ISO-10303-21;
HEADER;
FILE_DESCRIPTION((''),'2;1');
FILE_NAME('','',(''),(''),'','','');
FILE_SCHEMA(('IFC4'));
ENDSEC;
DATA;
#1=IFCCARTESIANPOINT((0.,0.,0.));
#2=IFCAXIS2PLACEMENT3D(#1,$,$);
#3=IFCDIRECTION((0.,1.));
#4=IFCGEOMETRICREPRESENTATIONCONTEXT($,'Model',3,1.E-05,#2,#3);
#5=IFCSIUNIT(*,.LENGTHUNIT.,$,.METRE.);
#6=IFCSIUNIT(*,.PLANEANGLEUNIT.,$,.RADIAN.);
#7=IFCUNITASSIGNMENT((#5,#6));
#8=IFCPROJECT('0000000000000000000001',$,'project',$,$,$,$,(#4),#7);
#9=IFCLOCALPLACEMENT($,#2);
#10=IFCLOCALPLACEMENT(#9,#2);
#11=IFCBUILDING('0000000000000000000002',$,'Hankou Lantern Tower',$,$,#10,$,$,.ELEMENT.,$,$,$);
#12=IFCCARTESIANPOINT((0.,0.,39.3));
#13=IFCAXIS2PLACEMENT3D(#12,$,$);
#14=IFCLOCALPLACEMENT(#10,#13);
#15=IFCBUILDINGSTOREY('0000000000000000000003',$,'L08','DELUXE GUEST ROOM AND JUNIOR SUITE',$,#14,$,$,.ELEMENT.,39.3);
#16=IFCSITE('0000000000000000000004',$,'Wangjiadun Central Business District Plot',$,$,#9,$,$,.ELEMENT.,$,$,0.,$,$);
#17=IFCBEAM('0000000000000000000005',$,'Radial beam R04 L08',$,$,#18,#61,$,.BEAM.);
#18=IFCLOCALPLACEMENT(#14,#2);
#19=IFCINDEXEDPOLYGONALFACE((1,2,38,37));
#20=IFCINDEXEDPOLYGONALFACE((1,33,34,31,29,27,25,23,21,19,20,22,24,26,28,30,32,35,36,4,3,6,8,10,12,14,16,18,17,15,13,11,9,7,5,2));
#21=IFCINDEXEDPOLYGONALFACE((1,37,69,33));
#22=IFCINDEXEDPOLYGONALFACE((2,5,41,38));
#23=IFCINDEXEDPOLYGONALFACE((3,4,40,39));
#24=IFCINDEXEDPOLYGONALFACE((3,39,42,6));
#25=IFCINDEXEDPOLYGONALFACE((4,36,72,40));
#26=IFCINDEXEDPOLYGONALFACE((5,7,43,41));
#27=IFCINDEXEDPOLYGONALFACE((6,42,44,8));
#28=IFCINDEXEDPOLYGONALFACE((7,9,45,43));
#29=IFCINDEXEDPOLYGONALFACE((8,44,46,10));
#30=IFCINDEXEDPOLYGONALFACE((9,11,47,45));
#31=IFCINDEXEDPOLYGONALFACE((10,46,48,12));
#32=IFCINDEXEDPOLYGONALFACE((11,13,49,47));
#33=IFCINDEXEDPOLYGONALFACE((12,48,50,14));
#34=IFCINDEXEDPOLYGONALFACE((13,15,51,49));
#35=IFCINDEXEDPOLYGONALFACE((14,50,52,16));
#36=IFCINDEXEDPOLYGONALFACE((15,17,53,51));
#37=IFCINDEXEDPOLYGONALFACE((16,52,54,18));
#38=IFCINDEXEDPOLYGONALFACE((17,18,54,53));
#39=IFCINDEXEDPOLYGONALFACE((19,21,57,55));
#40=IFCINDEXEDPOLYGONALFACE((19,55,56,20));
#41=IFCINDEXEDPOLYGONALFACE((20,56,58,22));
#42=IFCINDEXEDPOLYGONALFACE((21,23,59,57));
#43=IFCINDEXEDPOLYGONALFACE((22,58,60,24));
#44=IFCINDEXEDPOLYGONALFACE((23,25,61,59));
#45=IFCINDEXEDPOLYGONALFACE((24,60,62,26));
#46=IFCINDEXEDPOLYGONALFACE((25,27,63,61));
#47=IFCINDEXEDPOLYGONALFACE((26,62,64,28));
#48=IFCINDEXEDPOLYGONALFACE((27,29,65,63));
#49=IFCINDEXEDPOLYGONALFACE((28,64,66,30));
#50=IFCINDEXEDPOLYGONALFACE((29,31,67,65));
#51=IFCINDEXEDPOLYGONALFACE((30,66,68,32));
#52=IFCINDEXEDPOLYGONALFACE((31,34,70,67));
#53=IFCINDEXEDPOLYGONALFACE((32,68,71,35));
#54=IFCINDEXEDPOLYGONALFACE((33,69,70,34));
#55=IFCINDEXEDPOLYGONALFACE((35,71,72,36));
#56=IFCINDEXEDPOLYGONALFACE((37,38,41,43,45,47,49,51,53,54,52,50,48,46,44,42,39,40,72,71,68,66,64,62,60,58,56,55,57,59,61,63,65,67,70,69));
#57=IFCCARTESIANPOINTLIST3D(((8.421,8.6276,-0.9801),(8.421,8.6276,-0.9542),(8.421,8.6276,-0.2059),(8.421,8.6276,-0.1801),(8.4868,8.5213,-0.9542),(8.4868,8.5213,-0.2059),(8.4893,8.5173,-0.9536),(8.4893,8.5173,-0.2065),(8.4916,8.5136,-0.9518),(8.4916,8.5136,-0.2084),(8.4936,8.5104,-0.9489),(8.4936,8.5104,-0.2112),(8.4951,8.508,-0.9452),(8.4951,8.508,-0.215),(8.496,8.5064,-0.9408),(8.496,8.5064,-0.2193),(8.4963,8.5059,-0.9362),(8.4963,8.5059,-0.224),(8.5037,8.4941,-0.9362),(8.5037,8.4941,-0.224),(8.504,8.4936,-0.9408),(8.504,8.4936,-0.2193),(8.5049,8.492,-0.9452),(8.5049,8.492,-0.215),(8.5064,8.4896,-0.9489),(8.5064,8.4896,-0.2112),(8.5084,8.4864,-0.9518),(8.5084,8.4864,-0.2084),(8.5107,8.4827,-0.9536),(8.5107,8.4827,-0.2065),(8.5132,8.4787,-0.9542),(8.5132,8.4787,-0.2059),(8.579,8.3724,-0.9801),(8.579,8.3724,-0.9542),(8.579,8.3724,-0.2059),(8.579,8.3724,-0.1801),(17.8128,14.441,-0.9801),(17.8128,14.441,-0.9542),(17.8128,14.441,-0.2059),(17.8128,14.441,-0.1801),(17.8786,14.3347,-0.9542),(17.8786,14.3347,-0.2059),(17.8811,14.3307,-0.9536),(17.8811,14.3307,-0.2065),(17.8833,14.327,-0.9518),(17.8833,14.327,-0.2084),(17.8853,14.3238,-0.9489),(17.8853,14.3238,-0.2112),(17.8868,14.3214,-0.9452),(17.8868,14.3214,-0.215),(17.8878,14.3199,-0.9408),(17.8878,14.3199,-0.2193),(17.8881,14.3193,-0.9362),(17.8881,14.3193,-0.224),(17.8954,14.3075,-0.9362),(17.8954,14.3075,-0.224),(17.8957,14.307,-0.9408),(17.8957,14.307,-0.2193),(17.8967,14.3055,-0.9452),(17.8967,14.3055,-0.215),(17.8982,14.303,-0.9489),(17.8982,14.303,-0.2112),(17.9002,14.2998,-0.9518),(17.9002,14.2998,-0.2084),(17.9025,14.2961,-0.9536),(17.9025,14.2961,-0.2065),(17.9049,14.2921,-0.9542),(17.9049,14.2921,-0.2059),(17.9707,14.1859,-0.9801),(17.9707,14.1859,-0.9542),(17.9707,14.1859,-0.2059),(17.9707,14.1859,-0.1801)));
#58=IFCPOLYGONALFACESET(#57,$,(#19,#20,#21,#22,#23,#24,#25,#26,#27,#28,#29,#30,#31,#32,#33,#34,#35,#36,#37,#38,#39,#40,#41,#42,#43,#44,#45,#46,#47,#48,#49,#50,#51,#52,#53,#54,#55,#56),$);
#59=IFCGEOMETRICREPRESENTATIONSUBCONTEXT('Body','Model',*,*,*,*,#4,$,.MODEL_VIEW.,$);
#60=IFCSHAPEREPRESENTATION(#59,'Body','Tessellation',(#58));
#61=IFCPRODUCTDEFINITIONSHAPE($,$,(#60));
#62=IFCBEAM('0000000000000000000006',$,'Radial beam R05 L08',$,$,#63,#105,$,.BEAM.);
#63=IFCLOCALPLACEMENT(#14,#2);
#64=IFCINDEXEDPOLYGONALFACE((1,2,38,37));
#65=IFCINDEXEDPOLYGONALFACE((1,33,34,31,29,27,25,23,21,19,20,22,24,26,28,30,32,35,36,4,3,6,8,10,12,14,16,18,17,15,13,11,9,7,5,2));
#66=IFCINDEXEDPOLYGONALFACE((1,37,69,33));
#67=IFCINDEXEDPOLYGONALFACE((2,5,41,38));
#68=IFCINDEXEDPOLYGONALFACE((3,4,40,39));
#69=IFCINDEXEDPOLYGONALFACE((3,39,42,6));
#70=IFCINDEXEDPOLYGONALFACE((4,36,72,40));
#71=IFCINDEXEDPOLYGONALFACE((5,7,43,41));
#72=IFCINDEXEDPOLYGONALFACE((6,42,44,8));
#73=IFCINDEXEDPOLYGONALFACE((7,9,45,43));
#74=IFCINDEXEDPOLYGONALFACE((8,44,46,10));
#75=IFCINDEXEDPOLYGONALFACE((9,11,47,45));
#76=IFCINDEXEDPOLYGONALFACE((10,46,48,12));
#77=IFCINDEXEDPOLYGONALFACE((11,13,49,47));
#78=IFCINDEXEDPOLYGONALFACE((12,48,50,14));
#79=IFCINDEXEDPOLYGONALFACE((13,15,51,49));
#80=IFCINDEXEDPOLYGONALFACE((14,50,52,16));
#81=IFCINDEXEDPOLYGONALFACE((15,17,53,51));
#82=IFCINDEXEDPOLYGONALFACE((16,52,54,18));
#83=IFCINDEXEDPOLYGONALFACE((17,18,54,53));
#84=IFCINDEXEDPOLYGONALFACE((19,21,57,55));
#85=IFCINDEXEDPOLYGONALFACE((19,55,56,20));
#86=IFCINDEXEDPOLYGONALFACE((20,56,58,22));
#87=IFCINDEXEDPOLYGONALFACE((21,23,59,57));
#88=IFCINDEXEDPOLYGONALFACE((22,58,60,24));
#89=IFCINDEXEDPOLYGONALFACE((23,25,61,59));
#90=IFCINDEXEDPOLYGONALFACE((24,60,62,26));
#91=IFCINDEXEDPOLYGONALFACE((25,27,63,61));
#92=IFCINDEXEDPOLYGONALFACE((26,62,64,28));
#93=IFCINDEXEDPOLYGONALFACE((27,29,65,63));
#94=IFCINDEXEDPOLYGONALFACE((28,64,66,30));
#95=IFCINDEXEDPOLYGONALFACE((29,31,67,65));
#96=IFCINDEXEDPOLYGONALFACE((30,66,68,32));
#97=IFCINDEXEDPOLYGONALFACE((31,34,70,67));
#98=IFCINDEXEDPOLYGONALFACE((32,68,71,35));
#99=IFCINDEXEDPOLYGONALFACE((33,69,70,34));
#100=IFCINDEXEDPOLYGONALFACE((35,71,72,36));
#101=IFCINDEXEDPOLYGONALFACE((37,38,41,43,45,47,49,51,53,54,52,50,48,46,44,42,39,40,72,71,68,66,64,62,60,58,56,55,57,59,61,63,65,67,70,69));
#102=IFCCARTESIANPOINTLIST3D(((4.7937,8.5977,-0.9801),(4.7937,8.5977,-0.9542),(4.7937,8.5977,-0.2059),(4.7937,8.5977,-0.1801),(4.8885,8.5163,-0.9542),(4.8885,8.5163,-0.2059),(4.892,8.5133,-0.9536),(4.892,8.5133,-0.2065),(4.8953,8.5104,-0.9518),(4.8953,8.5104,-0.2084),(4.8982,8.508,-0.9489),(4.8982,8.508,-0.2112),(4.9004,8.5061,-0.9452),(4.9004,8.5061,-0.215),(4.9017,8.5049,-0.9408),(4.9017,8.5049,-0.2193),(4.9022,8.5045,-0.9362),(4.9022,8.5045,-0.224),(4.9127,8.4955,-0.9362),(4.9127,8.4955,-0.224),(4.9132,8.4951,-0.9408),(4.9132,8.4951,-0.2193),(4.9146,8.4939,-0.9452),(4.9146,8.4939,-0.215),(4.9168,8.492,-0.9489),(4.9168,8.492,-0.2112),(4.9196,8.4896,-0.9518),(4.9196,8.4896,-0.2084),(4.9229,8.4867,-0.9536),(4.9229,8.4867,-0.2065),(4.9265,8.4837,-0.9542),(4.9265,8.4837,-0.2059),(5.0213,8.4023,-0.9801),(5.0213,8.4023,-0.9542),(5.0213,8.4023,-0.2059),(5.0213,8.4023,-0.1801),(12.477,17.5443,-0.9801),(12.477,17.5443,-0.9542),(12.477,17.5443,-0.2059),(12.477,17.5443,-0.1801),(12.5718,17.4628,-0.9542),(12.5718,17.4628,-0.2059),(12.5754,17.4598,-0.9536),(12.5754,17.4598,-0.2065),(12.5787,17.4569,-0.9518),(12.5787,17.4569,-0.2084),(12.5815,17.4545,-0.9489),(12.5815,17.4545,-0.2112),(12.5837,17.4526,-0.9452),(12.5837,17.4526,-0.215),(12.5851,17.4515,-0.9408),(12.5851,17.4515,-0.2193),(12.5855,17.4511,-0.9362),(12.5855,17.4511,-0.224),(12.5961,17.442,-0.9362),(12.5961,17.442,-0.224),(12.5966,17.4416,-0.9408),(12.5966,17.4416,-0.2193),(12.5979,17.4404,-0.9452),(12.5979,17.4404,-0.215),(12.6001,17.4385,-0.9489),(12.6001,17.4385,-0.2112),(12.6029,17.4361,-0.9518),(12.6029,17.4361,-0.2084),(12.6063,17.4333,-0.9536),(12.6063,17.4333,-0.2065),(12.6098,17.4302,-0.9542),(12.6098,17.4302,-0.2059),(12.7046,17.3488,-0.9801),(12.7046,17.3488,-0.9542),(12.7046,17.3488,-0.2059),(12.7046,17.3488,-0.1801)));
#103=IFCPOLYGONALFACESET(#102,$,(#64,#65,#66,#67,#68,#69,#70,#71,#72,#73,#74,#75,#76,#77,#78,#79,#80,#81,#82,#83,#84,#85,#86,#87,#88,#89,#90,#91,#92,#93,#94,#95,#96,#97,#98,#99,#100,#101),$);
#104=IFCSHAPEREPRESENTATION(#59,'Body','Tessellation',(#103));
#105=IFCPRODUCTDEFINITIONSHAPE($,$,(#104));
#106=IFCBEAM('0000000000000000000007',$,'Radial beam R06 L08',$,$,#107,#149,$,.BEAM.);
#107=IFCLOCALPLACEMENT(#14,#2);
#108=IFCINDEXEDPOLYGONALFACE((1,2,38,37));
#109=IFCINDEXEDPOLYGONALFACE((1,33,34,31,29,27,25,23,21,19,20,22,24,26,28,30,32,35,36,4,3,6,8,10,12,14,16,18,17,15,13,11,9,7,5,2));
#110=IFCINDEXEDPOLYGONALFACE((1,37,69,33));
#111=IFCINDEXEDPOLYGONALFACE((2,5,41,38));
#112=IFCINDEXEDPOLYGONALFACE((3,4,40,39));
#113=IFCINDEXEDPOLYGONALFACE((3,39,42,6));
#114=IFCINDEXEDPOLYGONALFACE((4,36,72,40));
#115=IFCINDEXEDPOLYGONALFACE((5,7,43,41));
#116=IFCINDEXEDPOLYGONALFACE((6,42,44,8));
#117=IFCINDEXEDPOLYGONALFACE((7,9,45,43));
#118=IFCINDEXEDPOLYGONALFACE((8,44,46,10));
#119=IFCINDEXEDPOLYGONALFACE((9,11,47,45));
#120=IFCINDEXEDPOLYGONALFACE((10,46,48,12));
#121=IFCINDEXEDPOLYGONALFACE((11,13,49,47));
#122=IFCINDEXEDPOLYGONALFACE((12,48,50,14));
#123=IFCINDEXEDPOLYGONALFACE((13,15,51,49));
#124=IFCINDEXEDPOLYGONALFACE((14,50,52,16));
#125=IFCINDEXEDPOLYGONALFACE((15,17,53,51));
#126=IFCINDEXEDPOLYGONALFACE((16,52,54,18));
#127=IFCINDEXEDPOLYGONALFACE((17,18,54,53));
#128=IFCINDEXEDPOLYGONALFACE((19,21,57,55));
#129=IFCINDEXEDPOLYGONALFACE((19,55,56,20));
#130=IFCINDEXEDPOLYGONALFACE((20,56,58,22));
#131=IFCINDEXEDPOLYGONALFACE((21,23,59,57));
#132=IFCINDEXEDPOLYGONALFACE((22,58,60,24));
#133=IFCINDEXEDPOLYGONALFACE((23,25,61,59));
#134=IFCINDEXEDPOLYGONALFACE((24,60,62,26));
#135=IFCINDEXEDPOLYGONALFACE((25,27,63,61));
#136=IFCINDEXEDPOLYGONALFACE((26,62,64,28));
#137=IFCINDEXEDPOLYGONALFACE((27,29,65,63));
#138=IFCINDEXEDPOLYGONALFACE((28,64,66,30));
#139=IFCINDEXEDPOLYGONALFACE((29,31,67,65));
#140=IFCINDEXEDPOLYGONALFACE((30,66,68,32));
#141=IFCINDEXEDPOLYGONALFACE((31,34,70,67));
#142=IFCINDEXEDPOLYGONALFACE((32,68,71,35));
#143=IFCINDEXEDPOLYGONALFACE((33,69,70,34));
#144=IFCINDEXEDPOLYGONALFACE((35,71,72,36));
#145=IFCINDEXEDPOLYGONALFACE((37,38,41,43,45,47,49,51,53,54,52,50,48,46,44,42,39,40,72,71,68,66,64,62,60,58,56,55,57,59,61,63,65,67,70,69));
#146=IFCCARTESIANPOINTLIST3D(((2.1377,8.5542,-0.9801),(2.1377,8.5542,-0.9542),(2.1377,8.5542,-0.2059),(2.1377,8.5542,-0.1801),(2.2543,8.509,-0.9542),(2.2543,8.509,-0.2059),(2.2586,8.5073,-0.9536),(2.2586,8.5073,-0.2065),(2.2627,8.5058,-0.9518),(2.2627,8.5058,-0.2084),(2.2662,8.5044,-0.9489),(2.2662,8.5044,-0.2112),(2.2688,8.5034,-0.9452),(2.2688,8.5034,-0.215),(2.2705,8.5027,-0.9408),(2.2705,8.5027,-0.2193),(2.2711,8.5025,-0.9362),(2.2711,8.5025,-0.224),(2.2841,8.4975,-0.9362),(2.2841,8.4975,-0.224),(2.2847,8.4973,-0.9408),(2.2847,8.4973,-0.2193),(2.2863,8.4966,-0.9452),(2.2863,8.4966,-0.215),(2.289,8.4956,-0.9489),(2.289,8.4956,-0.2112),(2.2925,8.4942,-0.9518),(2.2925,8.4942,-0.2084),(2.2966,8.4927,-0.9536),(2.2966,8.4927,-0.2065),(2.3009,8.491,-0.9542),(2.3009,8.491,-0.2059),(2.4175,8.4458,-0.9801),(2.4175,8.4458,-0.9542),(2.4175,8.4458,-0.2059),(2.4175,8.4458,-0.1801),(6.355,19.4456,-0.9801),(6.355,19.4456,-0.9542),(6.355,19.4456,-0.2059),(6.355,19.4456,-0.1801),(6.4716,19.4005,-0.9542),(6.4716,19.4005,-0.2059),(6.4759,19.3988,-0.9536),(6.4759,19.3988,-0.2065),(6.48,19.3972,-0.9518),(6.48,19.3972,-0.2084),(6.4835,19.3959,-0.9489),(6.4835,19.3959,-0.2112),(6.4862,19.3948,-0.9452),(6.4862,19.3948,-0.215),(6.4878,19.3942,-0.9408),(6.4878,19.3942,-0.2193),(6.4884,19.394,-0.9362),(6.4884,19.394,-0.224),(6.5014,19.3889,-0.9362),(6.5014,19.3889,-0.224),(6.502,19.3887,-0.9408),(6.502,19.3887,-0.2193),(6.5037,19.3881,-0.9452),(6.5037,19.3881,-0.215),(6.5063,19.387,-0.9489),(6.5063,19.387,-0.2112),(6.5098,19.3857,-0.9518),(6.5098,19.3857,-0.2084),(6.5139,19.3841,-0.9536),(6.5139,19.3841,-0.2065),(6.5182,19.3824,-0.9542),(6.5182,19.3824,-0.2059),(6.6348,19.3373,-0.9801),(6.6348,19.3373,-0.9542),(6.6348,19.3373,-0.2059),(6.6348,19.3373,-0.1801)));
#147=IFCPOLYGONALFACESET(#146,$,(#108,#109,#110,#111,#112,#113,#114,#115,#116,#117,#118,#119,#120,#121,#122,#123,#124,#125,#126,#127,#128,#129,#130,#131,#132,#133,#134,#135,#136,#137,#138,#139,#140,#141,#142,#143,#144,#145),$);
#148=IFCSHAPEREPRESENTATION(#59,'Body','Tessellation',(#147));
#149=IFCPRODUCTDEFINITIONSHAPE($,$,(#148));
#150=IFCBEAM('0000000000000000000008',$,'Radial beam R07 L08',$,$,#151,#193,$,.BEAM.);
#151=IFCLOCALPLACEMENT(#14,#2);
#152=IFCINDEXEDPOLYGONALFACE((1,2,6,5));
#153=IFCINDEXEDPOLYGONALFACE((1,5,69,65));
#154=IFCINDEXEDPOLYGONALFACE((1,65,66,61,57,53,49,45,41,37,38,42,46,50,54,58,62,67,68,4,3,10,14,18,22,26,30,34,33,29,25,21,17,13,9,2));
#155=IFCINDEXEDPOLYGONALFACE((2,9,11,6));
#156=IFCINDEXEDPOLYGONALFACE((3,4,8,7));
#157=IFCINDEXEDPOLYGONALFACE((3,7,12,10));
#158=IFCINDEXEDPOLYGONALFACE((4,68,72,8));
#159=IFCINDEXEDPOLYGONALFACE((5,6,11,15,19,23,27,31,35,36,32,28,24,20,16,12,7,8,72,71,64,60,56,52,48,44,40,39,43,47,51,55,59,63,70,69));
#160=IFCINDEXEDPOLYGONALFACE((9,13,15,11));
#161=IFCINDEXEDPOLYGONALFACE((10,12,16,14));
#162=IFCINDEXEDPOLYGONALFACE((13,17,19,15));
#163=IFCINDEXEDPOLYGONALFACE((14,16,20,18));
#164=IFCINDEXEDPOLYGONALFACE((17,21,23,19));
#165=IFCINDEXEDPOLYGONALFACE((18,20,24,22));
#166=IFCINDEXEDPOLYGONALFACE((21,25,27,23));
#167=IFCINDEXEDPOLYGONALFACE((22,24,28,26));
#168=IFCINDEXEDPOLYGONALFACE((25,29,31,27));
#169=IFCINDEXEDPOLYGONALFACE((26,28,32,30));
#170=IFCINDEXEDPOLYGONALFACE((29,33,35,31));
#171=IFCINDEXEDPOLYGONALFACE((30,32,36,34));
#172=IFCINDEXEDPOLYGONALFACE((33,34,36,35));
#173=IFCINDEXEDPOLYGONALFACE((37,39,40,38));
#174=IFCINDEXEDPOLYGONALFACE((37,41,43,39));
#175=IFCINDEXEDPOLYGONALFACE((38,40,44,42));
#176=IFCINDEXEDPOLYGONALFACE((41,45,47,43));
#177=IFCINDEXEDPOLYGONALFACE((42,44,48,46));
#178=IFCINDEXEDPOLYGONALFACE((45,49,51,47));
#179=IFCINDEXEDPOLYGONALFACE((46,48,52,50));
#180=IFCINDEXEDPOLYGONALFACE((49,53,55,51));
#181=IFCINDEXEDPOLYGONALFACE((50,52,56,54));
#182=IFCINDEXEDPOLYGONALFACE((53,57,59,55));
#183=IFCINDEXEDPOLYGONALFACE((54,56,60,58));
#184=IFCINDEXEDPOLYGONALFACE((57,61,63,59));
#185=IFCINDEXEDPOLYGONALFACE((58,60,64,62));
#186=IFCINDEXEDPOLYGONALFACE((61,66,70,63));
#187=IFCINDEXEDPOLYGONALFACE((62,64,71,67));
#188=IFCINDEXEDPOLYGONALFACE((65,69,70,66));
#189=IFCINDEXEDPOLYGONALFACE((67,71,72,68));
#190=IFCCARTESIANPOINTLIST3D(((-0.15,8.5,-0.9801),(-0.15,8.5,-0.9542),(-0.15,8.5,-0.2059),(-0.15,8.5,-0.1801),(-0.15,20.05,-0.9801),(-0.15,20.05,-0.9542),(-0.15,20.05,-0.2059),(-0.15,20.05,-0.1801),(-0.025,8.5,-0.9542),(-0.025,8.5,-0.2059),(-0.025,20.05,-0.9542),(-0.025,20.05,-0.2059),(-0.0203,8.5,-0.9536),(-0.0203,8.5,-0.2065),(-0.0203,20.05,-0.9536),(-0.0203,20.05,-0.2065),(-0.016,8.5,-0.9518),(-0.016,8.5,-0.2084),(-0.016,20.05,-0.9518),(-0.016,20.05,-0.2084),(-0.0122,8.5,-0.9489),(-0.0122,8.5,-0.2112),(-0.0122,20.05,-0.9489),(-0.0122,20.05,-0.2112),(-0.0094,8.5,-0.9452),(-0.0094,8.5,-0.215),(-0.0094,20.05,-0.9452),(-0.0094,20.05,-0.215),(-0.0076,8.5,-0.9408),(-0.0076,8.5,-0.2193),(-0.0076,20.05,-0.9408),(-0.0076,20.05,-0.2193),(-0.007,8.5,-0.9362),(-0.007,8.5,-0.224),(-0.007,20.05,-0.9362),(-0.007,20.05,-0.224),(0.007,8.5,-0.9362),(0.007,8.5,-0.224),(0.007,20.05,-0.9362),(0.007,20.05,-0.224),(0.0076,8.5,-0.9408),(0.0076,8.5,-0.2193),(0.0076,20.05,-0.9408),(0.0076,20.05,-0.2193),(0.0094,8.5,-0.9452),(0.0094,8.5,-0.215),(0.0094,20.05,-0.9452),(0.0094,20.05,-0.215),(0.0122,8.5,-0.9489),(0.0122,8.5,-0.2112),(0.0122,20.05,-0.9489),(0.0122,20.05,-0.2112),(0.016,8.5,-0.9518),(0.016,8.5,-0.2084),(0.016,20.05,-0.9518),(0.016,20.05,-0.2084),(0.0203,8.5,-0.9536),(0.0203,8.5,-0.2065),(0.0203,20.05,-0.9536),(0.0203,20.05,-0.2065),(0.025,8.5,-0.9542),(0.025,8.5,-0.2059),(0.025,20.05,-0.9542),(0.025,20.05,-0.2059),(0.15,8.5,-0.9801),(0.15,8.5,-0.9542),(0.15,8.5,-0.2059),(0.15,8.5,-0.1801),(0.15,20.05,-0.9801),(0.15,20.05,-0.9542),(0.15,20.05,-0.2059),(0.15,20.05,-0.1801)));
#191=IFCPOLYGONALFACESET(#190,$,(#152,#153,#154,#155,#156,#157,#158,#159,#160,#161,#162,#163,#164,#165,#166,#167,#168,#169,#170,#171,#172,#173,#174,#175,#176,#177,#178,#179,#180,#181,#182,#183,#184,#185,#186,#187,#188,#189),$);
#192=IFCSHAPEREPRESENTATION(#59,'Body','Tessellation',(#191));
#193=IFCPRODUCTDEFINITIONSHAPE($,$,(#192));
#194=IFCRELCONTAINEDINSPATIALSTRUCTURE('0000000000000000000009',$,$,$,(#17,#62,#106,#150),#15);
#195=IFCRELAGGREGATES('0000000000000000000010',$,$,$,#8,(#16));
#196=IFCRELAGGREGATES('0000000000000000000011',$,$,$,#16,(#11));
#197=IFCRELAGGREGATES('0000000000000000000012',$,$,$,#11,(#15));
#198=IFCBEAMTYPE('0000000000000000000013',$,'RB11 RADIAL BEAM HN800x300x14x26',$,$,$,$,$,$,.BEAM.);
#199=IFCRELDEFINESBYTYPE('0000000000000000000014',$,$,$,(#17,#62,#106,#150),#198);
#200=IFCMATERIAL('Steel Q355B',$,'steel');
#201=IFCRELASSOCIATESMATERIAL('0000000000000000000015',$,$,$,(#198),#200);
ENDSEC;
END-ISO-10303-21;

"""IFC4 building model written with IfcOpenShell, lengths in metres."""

from ifc_helpers import new_model, si_unit, direction, frame, origin, origin_2d, place, context, subcontext, project, spatial, i_section, extrude, material, material_profile, profile_set, type_object, element, save


model = new_model("IFC4")

# Units and contexts
model_context = context("Model", 3, precision=1e-05, world=origin(), true_north=direction((0.0, 1.0)))
body_context = subcontext(model_context, "Body", "Model", "MODEL_VIEW")
ifc_project = project(units=[si_unit("LENGTHUNIT", "METRE"), si_unit("PLANEANGLEUNIT", "RADIAN")], contexts=[model_context])

# Site, building, storey
site_placement = place(None, origin())
site = spatial("IfcSite", under=ifc_project, at=site_placement, Name="Wangjiadun Central Business District Plot", CompositionType="ELEMENT", RefElevation=0.0)
building_placement = place(site_placement, origin())
building = spatial("IfcBuilding", under=site, at=building_placement, Name="Hankou Lantern Tower", CompositionType="ELEMENT")
storey_placement = place(building_placement, frame((0.0, 0.0, 39.3)))
storey = spatial("IfcBuildingStorey", under=building, at=storey_placement, Name="L08", Description="DELUXE GUEST ROOM AND JUNIOR SUITE", CompositionType="ELEMENT", Elevation=39.3)

# Beams
ifc_material_1 = material(Name="Steel Q355B", Category="steel")
ifc_material_profile_1 = material_profile(ifc_material_1, i_section(OverallWidth=0.3, OverallDepth=0.8, WebThickness=0.0139, FlangeThickness=0.0259, FilletRadius=0.0181, at=origin_2d()), Name="HN800x300x14x26")
ifc_profile_set_1 = profile_set([ifc_material_profile_1], Name="Steel Q355B")
beam_type_1 = type_object("IfcBeamType", Name="RB11 RADIAL BEAM HN800x300x14x26", PredefinedType="BEAM", material=ifc_profile_set_1)
beam_1_placement = place(storey_placement, frame((8.5, 8.5, -0.5801), z_axis=(0.850286, 0.52632, 0.0), x_axis=(-0.52632, 0.850286, 0.0)))
element("IfcBeam", 1, at=beam_1_placement, inside=storey, type_object=beam_type_1, Name="Radial beam R04 L08", PredefinedType="BEAM", context=body_context, shape_type="SweptSolid", body=[
    extrude(i_section(OverallWidth=0.3, OverallDepth=0.8, WebThickness=0.0139, FlangeThickness=0.0259, FilletRadius=0.0181, at=origin_2d()), origin(), (0.0, 0.0, 1.0), 11.0454),
])
beam_2_placement = place(storey_placement, frame((4.9075, 8.5, -0.5801), z_axis=(0.651519, 0.758632, 0.0), x_axis=(-0.758632, 0.651519, 0.0)))
element("IfcBeam", 2, at=beam_2_placement, inside=storey, type_object=beam_type_1, Name="Radial beam R05 L08", PredefinedType="BEAM", context=body_context, shape_type="SweptSolid", body=[
    extrude(i_section(OverallWidth=0.3, OverallDepth=0.8, WebThickness=0.0139, FlangeThickness=0.0259, FilletRadius=0.0181, at=origin_2d()), origin(), (0.0, 0.0, 1.0), 11.793),
])
beam_3_placement = place(storey_placement, frame((2.2776, 8.5, -0.5801), z_axis=(0.361089, 0.932531, 0.0), x_axis=(-0.932531, 0.361089, 0.0)))
element("IfcBeam", 3, at=beam_3_placement, inside=storey, type_object=beam_type_1, Name="Radial beam R06 L08", PredefinedType="BEAM", context=body_context, shape_type="SweptSolid", body=[
    extrude(i_section(OverallWidth=0.3, OverallDepth=0.8, WebThickness=0.0139, FlangeThickness=0.0259, FilletRadius=0.0181, at=origin_2d()), origin(), (0.0, 0.0, 1.0), 11.6794),
])
beam_4_placement = place(storey_placement, frame((0.0, 8.5, -0.5801), z_axis=(0.0, 1.0, 0.0), x_axis=(-1.0, 0.0, 0.0)))
element("IfcBeam", 4, at=beam_4_placement, inside=storey, type_object=beam_type_1, Name="Radial beam R07 L08", PredefinedType="BEAM", context=body_context, shape_type="SweptSolid", body=[
    extrude(i_section(OverallWidth=0.3, OverallDepth=0.8, WebThickness=0.0139, FlangeThickness=0.0259, FilletRadius=0.0181, at=origin_2d()), origin(), (0.0, 0.0, 1.0), 11.55),
])

save(model, "model.ifc")
